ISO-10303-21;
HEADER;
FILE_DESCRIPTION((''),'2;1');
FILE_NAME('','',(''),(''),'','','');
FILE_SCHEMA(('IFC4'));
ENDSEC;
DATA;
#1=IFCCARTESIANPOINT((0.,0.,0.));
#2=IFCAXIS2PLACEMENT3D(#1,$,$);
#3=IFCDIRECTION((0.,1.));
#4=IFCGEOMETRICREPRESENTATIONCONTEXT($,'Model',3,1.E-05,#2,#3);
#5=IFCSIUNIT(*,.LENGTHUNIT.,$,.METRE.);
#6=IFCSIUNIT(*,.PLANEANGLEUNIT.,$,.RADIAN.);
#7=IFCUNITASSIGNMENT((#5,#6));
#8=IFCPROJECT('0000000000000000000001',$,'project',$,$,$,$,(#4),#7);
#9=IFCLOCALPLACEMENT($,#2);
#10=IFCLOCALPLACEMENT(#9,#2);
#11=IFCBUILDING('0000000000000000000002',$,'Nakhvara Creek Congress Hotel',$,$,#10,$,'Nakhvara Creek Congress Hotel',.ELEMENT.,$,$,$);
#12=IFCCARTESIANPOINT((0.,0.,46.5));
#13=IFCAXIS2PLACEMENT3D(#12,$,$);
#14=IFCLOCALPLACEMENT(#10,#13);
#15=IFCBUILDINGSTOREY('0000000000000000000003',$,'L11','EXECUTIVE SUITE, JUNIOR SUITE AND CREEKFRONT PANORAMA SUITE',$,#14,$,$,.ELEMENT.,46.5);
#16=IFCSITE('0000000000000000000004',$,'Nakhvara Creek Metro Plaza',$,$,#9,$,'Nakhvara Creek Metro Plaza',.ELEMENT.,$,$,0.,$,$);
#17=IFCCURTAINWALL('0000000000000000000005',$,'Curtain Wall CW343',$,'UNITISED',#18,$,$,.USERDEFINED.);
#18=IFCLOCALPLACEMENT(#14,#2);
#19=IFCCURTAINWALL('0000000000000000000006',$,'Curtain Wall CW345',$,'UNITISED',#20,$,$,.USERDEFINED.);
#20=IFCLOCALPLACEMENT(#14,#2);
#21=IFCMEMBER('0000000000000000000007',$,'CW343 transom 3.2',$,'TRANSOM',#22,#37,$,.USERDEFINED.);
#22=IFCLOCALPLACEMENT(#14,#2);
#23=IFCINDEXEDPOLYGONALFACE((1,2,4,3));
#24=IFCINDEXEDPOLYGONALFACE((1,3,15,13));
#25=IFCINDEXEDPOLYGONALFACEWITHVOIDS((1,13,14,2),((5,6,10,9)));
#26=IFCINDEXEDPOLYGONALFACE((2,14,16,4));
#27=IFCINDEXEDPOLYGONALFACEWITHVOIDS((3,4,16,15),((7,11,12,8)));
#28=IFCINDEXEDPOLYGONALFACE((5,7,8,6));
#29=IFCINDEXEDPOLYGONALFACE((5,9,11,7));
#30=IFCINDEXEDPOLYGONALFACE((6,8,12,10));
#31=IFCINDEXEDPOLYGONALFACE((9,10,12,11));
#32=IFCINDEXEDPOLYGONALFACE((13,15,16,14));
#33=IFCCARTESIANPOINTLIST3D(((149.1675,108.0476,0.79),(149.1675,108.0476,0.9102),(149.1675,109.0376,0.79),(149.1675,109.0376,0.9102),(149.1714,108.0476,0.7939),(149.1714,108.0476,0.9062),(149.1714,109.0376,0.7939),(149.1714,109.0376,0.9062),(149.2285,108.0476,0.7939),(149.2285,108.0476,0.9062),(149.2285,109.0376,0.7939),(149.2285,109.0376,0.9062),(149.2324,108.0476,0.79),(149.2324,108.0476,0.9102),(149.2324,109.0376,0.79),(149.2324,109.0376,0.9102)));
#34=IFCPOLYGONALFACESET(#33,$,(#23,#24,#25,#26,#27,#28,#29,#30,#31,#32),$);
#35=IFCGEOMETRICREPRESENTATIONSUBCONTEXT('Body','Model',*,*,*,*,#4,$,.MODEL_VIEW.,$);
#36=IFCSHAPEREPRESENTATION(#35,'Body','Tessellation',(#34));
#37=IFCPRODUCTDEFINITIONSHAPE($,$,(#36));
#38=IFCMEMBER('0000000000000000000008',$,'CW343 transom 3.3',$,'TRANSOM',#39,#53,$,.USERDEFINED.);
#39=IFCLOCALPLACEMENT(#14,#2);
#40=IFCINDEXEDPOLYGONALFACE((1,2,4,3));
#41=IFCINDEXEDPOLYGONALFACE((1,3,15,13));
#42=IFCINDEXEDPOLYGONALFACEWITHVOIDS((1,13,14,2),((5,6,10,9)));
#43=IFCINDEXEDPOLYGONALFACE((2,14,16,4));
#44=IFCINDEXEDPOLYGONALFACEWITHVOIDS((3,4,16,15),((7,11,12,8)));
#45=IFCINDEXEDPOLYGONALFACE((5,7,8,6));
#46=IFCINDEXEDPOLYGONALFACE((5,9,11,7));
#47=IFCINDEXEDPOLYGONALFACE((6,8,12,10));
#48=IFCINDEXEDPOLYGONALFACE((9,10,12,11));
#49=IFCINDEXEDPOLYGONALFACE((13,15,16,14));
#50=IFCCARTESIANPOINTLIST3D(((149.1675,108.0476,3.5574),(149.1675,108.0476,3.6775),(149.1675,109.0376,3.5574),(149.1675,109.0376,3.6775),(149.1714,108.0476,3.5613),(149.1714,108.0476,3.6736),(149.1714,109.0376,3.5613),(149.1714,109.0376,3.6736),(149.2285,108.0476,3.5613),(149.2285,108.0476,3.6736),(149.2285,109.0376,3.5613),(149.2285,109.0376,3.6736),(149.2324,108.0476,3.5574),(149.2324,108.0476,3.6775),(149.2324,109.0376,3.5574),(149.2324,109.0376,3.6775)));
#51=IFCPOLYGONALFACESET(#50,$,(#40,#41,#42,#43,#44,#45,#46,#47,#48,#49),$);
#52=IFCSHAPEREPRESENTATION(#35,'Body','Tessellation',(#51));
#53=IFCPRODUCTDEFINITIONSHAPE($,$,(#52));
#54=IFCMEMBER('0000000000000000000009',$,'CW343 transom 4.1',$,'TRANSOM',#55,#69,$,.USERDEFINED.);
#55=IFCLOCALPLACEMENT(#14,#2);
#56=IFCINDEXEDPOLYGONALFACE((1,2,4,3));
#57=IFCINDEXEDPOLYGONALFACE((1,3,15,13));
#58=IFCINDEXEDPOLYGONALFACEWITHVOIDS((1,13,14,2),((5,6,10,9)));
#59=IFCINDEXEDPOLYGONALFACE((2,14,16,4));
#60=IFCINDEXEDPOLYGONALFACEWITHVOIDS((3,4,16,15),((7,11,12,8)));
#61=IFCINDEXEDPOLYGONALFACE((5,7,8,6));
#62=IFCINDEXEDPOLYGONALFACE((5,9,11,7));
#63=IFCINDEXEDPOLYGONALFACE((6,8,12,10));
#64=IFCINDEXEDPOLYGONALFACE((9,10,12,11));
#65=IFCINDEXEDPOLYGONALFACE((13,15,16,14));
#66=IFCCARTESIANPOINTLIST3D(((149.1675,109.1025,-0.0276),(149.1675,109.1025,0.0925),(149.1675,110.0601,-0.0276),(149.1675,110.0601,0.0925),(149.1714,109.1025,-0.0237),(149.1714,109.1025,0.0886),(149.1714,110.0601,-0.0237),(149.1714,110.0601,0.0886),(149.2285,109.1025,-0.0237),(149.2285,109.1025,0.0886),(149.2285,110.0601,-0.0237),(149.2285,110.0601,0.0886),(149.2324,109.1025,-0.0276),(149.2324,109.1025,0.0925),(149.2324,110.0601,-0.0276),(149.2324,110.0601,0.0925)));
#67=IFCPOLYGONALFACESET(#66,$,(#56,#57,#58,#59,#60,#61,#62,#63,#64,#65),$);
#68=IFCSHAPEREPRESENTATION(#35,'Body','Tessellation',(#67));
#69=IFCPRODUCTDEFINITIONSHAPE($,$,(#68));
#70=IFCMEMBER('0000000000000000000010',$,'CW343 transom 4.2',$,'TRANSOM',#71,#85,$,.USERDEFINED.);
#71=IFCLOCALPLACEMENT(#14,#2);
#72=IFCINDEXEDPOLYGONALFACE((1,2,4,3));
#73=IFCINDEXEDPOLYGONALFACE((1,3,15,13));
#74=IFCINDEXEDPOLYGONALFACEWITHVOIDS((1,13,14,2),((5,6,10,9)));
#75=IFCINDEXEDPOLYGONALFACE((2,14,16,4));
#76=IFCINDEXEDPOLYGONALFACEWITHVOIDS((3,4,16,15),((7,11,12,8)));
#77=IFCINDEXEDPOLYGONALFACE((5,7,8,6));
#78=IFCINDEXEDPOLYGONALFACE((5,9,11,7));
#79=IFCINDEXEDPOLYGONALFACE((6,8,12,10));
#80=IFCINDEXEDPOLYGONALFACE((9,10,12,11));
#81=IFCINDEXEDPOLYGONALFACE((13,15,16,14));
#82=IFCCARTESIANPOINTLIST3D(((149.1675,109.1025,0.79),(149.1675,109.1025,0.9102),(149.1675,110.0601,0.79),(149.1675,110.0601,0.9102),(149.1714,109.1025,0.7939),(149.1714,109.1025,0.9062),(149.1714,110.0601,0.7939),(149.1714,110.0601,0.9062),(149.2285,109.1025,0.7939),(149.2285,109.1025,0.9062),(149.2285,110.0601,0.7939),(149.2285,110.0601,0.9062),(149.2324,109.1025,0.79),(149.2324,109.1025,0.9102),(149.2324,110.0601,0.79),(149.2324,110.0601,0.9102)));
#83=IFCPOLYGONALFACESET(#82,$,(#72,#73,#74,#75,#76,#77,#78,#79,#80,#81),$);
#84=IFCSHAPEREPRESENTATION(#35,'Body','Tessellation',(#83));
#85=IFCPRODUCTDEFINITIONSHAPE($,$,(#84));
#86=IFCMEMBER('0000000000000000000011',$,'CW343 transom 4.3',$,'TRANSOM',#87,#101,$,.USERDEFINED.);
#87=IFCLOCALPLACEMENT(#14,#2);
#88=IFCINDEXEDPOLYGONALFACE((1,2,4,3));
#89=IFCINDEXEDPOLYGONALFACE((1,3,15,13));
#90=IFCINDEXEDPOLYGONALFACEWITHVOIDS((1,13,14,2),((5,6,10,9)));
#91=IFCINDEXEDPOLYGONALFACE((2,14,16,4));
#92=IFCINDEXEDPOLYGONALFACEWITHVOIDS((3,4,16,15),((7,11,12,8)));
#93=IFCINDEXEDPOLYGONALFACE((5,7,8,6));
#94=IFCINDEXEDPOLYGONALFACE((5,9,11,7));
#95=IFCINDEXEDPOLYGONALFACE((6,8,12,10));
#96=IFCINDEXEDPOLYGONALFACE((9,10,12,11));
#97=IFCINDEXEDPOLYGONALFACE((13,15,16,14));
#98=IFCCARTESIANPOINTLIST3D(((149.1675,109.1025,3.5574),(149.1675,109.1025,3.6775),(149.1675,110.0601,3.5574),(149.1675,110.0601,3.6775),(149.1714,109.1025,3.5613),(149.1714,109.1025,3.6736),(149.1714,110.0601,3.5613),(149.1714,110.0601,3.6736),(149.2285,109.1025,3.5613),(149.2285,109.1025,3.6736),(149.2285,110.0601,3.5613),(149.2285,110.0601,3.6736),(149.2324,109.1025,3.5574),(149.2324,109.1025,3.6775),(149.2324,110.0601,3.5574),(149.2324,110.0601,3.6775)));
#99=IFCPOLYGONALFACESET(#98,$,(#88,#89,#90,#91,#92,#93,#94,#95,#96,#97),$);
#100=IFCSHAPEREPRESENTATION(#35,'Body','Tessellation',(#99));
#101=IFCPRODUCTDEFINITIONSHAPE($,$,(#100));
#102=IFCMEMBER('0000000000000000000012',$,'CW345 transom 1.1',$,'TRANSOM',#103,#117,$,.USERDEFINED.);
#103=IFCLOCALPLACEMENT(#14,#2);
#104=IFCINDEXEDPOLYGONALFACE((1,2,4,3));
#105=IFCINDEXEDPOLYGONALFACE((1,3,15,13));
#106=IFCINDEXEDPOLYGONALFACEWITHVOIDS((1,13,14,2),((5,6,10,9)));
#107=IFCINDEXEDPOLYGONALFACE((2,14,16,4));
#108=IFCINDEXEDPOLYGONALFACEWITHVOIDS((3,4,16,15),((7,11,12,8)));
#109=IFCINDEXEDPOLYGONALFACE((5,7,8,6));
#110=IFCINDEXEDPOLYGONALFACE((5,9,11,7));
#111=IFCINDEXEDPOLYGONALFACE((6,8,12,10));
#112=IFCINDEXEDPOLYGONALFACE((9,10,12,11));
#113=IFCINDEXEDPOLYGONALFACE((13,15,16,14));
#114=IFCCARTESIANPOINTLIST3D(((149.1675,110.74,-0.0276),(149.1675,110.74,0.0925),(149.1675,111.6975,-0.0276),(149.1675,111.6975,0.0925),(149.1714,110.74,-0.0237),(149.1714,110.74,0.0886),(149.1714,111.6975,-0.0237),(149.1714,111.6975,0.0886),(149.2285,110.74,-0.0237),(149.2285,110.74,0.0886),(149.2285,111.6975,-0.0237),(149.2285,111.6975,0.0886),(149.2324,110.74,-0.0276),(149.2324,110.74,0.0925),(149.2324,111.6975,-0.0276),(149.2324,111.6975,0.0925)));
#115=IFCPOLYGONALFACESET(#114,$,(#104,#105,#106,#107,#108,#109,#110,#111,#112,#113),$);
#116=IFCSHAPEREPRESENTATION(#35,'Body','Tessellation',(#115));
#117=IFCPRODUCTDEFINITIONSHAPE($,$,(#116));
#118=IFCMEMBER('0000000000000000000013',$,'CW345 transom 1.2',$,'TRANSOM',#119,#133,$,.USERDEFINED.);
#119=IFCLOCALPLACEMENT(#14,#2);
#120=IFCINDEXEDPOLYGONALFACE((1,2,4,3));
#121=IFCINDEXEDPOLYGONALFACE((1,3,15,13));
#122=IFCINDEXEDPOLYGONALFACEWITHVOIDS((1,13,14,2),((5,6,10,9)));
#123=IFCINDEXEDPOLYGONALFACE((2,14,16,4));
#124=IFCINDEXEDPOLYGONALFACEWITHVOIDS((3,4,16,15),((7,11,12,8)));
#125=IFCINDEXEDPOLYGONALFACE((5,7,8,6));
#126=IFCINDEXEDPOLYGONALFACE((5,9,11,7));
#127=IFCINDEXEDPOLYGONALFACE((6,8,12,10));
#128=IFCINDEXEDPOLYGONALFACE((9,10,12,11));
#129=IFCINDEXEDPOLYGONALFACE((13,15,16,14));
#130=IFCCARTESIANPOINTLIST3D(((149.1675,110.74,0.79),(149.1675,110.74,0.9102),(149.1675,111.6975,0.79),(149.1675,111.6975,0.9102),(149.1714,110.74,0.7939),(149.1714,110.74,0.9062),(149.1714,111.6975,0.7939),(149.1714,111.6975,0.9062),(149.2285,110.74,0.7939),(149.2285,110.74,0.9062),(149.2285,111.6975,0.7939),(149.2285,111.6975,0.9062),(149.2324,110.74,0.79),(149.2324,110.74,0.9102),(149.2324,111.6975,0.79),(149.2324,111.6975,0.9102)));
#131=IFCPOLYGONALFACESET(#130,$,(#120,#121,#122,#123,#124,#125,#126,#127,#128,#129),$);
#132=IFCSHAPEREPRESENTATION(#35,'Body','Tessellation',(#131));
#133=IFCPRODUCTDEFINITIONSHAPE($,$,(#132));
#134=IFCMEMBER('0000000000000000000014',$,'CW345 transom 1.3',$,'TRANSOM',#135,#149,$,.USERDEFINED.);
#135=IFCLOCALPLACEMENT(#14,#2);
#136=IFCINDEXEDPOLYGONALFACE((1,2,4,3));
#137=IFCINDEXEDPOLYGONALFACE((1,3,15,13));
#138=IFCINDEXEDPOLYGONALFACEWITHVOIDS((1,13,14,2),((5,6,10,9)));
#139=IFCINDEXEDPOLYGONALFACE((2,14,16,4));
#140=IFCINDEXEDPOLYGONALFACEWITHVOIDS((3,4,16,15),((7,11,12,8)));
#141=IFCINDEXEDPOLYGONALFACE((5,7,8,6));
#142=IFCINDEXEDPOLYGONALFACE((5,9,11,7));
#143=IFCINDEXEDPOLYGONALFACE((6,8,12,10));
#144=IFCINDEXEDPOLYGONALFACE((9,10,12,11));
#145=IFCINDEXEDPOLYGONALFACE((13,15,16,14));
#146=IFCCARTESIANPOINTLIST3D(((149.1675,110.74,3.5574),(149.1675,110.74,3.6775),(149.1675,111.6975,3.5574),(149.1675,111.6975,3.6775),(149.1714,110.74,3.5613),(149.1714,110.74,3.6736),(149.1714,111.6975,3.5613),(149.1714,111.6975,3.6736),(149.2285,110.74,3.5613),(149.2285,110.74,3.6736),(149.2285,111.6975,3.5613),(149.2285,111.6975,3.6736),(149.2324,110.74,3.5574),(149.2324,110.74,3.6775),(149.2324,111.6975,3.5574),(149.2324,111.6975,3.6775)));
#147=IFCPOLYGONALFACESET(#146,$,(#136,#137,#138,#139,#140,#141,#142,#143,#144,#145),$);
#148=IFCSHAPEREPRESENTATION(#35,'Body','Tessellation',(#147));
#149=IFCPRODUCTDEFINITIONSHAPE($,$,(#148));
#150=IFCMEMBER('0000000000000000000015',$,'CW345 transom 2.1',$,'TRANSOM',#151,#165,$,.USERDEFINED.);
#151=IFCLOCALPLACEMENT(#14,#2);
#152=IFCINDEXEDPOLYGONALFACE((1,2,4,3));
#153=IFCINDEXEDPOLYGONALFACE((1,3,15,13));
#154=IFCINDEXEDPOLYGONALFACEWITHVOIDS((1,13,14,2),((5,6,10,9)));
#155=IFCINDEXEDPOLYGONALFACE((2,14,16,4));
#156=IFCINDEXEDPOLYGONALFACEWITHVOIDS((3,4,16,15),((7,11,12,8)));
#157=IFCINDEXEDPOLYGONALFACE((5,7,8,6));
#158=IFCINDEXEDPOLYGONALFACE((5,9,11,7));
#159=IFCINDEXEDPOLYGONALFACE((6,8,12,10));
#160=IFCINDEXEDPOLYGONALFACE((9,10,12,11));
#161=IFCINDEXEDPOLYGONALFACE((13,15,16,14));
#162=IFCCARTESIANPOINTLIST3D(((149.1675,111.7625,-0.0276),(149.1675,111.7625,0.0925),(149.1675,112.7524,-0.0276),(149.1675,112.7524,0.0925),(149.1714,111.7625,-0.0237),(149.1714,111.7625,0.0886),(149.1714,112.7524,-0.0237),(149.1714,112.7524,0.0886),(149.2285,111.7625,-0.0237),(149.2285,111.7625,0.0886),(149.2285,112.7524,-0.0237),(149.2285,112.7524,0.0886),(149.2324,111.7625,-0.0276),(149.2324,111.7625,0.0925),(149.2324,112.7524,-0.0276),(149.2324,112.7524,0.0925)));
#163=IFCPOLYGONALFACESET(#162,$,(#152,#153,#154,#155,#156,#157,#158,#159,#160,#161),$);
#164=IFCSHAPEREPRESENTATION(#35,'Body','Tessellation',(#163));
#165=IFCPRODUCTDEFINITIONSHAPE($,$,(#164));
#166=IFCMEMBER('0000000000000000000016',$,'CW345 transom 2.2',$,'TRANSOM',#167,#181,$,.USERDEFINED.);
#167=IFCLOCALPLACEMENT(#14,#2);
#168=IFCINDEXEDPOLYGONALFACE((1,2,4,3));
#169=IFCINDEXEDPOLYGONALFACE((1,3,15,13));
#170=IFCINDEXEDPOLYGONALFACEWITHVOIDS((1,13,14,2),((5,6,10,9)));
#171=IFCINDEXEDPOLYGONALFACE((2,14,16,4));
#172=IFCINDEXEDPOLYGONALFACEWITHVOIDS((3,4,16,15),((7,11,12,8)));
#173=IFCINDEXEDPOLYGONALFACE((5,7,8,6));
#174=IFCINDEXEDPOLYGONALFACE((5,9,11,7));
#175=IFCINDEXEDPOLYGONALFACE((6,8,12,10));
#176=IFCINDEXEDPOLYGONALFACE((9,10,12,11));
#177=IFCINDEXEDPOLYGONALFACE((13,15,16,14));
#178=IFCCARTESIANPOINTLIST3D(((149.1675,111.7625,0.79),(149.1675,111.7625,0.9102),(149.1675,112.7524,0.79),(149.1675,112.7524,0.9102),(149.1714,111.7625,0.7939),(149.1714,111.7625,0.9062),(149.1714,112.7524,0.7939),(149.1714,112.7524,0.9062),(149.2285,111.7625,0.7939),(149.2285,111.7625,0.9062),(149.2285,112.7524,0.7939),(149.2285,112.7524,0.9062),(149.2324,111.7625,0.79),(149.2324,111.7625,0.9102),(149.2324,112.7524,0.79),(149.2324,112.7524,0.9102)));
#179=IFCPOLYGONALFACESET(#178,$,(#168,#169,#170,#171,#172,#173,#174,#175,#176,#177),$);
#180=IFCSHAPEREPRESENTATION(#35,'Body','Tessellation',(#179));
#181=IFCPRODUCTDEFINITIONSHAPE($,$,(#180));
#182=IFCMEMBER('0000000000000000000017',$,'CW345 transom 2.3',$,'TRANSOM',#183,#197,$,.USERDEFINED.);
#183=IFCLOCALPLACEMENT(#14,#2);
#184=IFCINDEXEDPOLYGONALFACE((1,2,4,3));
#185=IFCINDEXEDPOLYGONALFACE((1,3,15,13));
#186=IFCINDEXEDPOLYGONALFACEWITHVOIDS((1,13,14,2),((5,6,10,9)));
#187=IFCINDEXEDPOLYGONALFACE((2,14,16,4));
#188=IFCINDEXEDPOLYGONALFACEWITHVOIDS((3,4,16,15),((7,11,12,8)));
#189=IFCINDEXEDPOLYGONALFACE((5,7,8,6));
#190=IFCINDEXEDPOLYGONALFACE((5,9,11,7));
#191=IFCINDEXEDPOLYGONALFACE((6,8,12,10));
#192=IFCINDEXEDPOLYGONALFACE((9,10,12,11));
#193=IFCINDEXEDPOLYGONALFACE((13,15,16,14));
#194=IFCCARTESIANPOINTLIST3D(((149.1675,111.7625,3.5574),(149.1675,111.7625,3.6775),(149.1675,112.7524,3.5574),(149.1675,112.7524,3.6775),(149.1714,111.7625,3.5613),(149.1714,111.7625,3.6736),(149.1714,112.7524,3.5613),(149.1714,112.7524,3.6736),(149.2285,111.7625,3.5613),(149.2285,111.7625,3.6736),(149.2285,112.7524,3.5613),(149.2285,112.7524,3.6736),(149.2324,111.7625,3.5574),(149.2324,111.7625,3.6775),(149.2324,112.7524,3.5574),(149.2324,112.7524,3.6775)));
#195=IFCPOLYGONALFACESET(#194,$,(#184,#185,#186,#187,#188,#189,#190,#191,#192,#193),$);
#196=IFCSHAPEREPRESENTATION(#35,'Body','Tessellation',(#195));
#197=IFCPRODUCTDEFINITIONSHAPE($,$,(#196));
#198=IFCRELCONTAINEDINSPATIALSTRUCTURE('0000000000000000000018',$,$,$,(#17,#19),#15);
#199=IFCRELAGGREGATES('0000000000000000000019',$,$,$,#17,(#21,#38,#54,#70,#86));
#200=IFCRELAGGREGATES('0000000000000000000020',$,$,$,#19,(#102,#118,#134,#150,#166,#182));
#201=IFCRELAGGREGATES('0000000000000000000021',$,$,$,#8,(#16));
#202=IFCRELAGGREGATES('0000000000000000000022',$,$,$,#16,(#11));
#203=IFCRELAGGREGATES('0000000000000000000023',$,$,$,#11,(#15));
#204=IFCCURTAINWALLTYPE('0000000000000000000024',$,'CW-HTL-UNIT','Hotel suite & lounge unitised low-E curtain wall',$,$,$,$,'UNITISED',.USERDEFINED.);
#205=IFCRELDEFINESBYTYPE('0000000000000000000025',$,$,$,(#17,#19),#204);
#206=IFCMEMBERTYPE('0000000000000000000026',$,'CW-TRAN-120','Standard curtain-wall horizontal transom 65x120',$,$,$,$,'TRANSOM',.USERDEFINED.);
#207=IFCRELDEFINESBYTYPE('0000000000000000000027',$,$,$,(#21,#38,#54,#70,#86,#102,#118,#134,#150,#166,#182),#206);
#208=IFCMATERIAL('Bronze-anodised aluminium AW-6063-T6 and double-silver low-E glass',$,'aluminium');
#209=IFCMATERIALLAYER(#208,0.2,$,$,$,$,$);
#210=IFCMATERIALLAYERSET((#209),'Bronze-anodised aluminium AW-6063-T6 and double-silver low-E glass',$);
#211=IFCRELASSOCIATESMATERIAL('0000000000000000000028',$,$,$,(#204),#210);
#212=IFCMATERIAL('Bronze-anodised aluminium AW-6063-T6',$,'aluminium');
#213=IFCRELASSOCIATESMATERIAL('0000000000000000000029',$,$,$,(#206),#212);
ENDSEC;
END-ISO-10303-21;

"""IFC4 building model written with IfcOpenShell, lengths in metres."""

from ifc_helpers import new_model, si_unit, direction, frame, origin, origin_2d, place, context, subcontext, project, spatial, hollow_rectangle, extrude, material, layer, layer_set, material_profile, profile_set, type_object, element, aggregate, save


model = new_model("IFC4")

# Units and contexts
model_context = context("Model", 3, precision=1e-05, world=origin(), true_north=direction((0.0, 1.0)))
body_context = subcontext(model_context, "Body", "Model", "MODEL_VIEW")
ifc_project = project(units=[si_unit("LENGTHUNIT", "METRE"), si_unit("PLANEANGLEUNIT", "RADIAN")], contexts=[model_context])

# Site, building, storey
site_placement = place(None, origin())
site = spatial("IfcSite", under=ifc_project, at=site_placement, Name="Nakhvara Creek Metro Plaza", LongName="Nakhvara Creek Metro Plaza", CompositionType="ELEMENT", RefElevation=0.0)
building_placement = place(site_placement, origin())
building = spatial("IfcBuilding", under=site, at=building_placement, Name="Nakhvara Creek Congress Hotel", LongName="Nakhvara Creek Congress Hotel", CompositionType="ELEMENT")
storey_placement = place(building_placement, frame((0.0, 0.0, 46.5)))
storey = spatial("IfcBuildingStorey", under=building, at=storey_placement, Name="L11", Description="EXECUTIVE SUITE, JUNIOR SUITE AND CREEKFRONT PANORAMA SUITE", CompositionType="ELEMENT", Elevation=46.5)

# Curtain walls
ifc_material_1 = material(Name="Bronze-anodised aluminium AW-6063-T6 and double-silver low-E glass", Category="aluminium")
ifc_layer = layer(ifc_material_1, 0.2)
ifc_layer_set = layer_set([ifc_layer], Name="Bronze-anodised aluminium AW-6063-T6 and double-silver low-E glass")
curtain_wall_type = type_object("IfcCurtainWallType", Name="CW-HTL-UNIT", Description="Hotel suite & lounge unitised low-E curtain wall", ElementType="UNITISED", PredefinedType="USERDEFINED", material=ifc_layer_set)
curtain_wall_1_placement = place(storey_placement, origin())
curtain_wall_1 = element("IfcCurtainWall", 1, at=curtain_wall_1_placement, inside=storey, type_object=curtain_wall_type, Name="Curtain Wall CW343", ObjectType="UNITISED", PredefinedType="USERDEFINED")
ifc_material_2 = material(Name="Bronze-anodised aluminium AW-6063-T6", Category="aluminium")
curtain_wall_2_placement = place(storey_placement, origin())
curtain_wall_2 = element("IfcCurtainWall", 2, at=curtain_wall_2_placement, inside=storey, type_object=curtain_wall_type, Name="Curtain Wall CW345", ObjectType="UNITISED", PredefinedType="USERDEFINED")

# Members
ifc_material_profile_1 = material_profile(ifc_material_2, hollow_rectangle(XDim=0.0649, YDim=0.1201, WallThickness=0.0039, at=origin_2d()), Name="ALU-TRAN 65x120x4", Category="LoadBearing")
ifc_profile_set_1 = profile_set([ifc_material_profile_1], Name="Bronze-anodised aluminium AW-6063-T6")
member_type_1 = type_object("IfcMemberType", Name="CW-TRAN-120", Description="Standard curtain-wall horizontal transom 65x120", ElementType="TRANSOM", PredefinedType="USERDEFINED", material=ifc_profile_set_1)
member_1_placement = place(storey_placement, frame((149.2, 108.0476, 0.8501), z_axis=(0.0, 1.0, 0.0), x_axis=(-1.0, 0.0, 0.0)))
member_1 = element("IfcMember", 3, at=member_1_placement, type_object=member_type_1, Name="CW343 transom 3.2", ObjectType="TRANSOM", PredefinedType="USERDEFINED", context=body_context, shape_type="SweptSolid", body=[
    extrude(hollow_rectangle(XDim=0.0649, YDim=0.1201, WallThickness=0.0039, at=origin_2d()), origin(), (0.0, 0.0, 1.0), 0.99),
])
member_2_placement = place(storey_placement, frame((149.2, 108.0476, 3.6174), z_axis=(0.0, 1.0, 0.0), x_axis=(-1.0, 0.0, 0.0)))
member_2 = element("IfcMember", 4, at=member_2_placement, type_object=member_type_1, Name="CW343 transom 3.3", ObjectType="TRANSOM", PredefinedType="USERDEFINED", context=body_context, shape_type="SweptSolid", body=[
    extrude(hollow_rectangle(XDim=0.0649, YDim=0.1201, WallThickness=0.0039, at=origin_2d()), origin(), (0.0, 0.0, 1.0), 0.99),
])
member_3_placement = place(storey_placement, frame((149.2, 109.1025, 0.0325), z_axis=(0.0, 1.0, 0.0), x_axis=(-1.0, 0.0, 0.0)))
member_3 = element("IfcMember", 5, at=member_3_placement, type_object=member_type_1, Name="CW343 transom 4.1", ObjectType="TRANSOM", PredefinedType="USERDEFINED", context=body_context, shape_type="SweptSolid", body=[
    extrude(hollow_rectangle(XDim=0.0649, YDim=0.1201, WallThickness=0.0039, at=origin_2d()), origin(), (0.0, 0.0, 1.0), 0.9575),
])
member_4_placement = place(storey_placement, frame((149.2, 109.1025, 0.8501), z_axis=(0.0, 1.0, 0.0), x_axis=(-1.0, 0.0, 0.0)))
member_4 = element("IfcMember", 6, at=member_4_placement, type_object=member_type_1, Name="CW343 transom 4.2", ObjectType="TRANSOM", PredefinedType="USERDEFINED", context=body_context, shape_type="SweptSolid", body=[
    extrude(hollow_rectangle(XDim=0.0649, YDim=0.1201, WallThickness=0.0039, at=origin_2d()), origin(), (0.0, 0.0, 1.0), 0.9575),
])
member_5_placement = place(storey_placement, frame((149.2, 109.1025, 3.6174), z_axis=(0.0, 1.0, 0.0), x_axis=(-1.0, 0.0, 0.0)))
member_5 = element("IfcMember", 7, at=member_5_placement, type_object=member_type_1, Name="CW343 transom 4.3", ObjectType="TRANSOM", PredefinedType="USERDEFINED", context=body_context, shape_type="SweptSolid", body=[
    extrude(hollow_rectangle(XDim=0.0649, YDim=0.1201, WallThickness=0.0039, at=origin_2d()), origin(), (0.0, 0.0, 1.0), 0.9575),
])
member_6_placement = place(storey_placement, frame((149.2, 110.74, 0.0325), z_axis=(0.0, 1.0, 0.0), x_axis=(-1.0, 0.0, 0.0)))
member_6 = element("IfcMember", 8, at=member_6_placement, type_object=member_type_1, Name="CW345 transom 1.1", ObjectType="TRANSOM", PredefinedType="USERDEFINED", context=body_context, shape_type="SweptSolid", body=[
    extrude(hollow_rectangle(XDim=0.0649, YDim=0.1201, WallThickness=0.0039, at=origin_2d()), origin(), (0.0, 0.0, 1.0), 0.9575),
])
member_7_placement = place(storey_placement, frame((149.2, 110.74, 0.8501), z_axis=(0.0, 1.0, 0.0), x_axis=(-1.0, 0.0, 0.0)))
member_7 = element("IfcMember", 9, at=member_7_placement, type_object=member_type_1, Name="CW345 transom 1.2", ObjectType="TRANSOM", PredefinedType="USERDEFINED", context=body_context, shape_type="SweptSolid", body=[
    extrude(hollow_rectangle(XDim=0.0649, YDim=0.1201, WallThickness=0.0039, at=origin_2d()), origin(), (0.0, 0.0, 1.0), 0.9575),
])
member_8_placement = place(storey_placement, frame((149.2, 110.74, 3.6174), z_axis=(0.0, 1.0, 0.0), x_axis=(-1.0, 0.0, 0.0)))
member_8 = element("IfcMember", 10, at=member_8_placement, type_object=member_type_1, Name="CW345 transom 1.3", ObjectType="TRANSOM", PredefinedType="USERDEFINED", context=body_context, shape_type="SweptSolid", body=[
    extrude(hollow_rectangle(XDim=0.0649, YDim=0.1201, WallThickness=0.0039, at=origin_2d()), origin(), (0.0, 0.0, 1.0), 0.9575),
])
member_9_placement = place(storey_placement, frame((149.2, 111.7625, 0.0325), z_axis=(0.0, 1.0, 0.0), x_axis=(-1.0, 0.0, 0.0)))
member_9 = element("IfcMember", 11, at=member_9_placement, type_object=member_type_1, Name="CW345 transom 2.1", ObjectType="TRANSOM", PredefinedType="USERDEFINED", context=body_context, shape_type="SweptSolid", body=[
    extrude(hollow_rectangle(XDim=0.0649, YDim=0.1201, WallThickness=0.0039, at=origin_2d()), origin(), (0.0, 0.0, 1.0), 0.99),
])
member_10_placement = place(storey_placement, frame((149.2, 111.7625, 0.8501), z_axis=(0.0, 1.0, 0.0), x_axis=(-1.0, 0.0, 0.0)))
member_10 = element("IfcMember", 12, at=member_10_placement, type_object=member_type_1, Name="CW345 transom 2.2", ObjectType="TRANSOM", PredefinedType="USERDEFINED", context=body_context, shape_type="SweptSolid", body=[
    extrude(hollow_rectangle(XDim=0.0649, YDim=0.1201, WallThickness=0.0039, at=origin_2d()), origin(), (0.0, 0.0, 1.0), 0.99),
])
member_11_placement = place(storey_placement, frame((149.2, 111.7625, 3.6174), z_axis=(0.0, 1.0, 0.0), x_axis=(-1.0, 0.0, 0.0)))
member_11 = element("IfcMember", 13, at=member_11_placement, type_object=member_type_1, Name="CW345 transom 2.3", ObjectType="TRANSOM", PredefinedType="USERDEFINED", context=body_context, shape_type="SweptSolid", body=[
    extrude(hollow_rectangle(XDim=0.0649, YDim=0.1201, WallThickness=0.0039, at=origin_2d()), origin(), (0.0, 0.0, 1.0), 0.99),
])

aggregate(curtain_wall_1, [member_1, member_2, member_3, member_4, member_5])
aggregate(curtain_wall_2, [member_6, member_7, member_8, member_9, member_10, member_11])

save(model, "model.ifc")
